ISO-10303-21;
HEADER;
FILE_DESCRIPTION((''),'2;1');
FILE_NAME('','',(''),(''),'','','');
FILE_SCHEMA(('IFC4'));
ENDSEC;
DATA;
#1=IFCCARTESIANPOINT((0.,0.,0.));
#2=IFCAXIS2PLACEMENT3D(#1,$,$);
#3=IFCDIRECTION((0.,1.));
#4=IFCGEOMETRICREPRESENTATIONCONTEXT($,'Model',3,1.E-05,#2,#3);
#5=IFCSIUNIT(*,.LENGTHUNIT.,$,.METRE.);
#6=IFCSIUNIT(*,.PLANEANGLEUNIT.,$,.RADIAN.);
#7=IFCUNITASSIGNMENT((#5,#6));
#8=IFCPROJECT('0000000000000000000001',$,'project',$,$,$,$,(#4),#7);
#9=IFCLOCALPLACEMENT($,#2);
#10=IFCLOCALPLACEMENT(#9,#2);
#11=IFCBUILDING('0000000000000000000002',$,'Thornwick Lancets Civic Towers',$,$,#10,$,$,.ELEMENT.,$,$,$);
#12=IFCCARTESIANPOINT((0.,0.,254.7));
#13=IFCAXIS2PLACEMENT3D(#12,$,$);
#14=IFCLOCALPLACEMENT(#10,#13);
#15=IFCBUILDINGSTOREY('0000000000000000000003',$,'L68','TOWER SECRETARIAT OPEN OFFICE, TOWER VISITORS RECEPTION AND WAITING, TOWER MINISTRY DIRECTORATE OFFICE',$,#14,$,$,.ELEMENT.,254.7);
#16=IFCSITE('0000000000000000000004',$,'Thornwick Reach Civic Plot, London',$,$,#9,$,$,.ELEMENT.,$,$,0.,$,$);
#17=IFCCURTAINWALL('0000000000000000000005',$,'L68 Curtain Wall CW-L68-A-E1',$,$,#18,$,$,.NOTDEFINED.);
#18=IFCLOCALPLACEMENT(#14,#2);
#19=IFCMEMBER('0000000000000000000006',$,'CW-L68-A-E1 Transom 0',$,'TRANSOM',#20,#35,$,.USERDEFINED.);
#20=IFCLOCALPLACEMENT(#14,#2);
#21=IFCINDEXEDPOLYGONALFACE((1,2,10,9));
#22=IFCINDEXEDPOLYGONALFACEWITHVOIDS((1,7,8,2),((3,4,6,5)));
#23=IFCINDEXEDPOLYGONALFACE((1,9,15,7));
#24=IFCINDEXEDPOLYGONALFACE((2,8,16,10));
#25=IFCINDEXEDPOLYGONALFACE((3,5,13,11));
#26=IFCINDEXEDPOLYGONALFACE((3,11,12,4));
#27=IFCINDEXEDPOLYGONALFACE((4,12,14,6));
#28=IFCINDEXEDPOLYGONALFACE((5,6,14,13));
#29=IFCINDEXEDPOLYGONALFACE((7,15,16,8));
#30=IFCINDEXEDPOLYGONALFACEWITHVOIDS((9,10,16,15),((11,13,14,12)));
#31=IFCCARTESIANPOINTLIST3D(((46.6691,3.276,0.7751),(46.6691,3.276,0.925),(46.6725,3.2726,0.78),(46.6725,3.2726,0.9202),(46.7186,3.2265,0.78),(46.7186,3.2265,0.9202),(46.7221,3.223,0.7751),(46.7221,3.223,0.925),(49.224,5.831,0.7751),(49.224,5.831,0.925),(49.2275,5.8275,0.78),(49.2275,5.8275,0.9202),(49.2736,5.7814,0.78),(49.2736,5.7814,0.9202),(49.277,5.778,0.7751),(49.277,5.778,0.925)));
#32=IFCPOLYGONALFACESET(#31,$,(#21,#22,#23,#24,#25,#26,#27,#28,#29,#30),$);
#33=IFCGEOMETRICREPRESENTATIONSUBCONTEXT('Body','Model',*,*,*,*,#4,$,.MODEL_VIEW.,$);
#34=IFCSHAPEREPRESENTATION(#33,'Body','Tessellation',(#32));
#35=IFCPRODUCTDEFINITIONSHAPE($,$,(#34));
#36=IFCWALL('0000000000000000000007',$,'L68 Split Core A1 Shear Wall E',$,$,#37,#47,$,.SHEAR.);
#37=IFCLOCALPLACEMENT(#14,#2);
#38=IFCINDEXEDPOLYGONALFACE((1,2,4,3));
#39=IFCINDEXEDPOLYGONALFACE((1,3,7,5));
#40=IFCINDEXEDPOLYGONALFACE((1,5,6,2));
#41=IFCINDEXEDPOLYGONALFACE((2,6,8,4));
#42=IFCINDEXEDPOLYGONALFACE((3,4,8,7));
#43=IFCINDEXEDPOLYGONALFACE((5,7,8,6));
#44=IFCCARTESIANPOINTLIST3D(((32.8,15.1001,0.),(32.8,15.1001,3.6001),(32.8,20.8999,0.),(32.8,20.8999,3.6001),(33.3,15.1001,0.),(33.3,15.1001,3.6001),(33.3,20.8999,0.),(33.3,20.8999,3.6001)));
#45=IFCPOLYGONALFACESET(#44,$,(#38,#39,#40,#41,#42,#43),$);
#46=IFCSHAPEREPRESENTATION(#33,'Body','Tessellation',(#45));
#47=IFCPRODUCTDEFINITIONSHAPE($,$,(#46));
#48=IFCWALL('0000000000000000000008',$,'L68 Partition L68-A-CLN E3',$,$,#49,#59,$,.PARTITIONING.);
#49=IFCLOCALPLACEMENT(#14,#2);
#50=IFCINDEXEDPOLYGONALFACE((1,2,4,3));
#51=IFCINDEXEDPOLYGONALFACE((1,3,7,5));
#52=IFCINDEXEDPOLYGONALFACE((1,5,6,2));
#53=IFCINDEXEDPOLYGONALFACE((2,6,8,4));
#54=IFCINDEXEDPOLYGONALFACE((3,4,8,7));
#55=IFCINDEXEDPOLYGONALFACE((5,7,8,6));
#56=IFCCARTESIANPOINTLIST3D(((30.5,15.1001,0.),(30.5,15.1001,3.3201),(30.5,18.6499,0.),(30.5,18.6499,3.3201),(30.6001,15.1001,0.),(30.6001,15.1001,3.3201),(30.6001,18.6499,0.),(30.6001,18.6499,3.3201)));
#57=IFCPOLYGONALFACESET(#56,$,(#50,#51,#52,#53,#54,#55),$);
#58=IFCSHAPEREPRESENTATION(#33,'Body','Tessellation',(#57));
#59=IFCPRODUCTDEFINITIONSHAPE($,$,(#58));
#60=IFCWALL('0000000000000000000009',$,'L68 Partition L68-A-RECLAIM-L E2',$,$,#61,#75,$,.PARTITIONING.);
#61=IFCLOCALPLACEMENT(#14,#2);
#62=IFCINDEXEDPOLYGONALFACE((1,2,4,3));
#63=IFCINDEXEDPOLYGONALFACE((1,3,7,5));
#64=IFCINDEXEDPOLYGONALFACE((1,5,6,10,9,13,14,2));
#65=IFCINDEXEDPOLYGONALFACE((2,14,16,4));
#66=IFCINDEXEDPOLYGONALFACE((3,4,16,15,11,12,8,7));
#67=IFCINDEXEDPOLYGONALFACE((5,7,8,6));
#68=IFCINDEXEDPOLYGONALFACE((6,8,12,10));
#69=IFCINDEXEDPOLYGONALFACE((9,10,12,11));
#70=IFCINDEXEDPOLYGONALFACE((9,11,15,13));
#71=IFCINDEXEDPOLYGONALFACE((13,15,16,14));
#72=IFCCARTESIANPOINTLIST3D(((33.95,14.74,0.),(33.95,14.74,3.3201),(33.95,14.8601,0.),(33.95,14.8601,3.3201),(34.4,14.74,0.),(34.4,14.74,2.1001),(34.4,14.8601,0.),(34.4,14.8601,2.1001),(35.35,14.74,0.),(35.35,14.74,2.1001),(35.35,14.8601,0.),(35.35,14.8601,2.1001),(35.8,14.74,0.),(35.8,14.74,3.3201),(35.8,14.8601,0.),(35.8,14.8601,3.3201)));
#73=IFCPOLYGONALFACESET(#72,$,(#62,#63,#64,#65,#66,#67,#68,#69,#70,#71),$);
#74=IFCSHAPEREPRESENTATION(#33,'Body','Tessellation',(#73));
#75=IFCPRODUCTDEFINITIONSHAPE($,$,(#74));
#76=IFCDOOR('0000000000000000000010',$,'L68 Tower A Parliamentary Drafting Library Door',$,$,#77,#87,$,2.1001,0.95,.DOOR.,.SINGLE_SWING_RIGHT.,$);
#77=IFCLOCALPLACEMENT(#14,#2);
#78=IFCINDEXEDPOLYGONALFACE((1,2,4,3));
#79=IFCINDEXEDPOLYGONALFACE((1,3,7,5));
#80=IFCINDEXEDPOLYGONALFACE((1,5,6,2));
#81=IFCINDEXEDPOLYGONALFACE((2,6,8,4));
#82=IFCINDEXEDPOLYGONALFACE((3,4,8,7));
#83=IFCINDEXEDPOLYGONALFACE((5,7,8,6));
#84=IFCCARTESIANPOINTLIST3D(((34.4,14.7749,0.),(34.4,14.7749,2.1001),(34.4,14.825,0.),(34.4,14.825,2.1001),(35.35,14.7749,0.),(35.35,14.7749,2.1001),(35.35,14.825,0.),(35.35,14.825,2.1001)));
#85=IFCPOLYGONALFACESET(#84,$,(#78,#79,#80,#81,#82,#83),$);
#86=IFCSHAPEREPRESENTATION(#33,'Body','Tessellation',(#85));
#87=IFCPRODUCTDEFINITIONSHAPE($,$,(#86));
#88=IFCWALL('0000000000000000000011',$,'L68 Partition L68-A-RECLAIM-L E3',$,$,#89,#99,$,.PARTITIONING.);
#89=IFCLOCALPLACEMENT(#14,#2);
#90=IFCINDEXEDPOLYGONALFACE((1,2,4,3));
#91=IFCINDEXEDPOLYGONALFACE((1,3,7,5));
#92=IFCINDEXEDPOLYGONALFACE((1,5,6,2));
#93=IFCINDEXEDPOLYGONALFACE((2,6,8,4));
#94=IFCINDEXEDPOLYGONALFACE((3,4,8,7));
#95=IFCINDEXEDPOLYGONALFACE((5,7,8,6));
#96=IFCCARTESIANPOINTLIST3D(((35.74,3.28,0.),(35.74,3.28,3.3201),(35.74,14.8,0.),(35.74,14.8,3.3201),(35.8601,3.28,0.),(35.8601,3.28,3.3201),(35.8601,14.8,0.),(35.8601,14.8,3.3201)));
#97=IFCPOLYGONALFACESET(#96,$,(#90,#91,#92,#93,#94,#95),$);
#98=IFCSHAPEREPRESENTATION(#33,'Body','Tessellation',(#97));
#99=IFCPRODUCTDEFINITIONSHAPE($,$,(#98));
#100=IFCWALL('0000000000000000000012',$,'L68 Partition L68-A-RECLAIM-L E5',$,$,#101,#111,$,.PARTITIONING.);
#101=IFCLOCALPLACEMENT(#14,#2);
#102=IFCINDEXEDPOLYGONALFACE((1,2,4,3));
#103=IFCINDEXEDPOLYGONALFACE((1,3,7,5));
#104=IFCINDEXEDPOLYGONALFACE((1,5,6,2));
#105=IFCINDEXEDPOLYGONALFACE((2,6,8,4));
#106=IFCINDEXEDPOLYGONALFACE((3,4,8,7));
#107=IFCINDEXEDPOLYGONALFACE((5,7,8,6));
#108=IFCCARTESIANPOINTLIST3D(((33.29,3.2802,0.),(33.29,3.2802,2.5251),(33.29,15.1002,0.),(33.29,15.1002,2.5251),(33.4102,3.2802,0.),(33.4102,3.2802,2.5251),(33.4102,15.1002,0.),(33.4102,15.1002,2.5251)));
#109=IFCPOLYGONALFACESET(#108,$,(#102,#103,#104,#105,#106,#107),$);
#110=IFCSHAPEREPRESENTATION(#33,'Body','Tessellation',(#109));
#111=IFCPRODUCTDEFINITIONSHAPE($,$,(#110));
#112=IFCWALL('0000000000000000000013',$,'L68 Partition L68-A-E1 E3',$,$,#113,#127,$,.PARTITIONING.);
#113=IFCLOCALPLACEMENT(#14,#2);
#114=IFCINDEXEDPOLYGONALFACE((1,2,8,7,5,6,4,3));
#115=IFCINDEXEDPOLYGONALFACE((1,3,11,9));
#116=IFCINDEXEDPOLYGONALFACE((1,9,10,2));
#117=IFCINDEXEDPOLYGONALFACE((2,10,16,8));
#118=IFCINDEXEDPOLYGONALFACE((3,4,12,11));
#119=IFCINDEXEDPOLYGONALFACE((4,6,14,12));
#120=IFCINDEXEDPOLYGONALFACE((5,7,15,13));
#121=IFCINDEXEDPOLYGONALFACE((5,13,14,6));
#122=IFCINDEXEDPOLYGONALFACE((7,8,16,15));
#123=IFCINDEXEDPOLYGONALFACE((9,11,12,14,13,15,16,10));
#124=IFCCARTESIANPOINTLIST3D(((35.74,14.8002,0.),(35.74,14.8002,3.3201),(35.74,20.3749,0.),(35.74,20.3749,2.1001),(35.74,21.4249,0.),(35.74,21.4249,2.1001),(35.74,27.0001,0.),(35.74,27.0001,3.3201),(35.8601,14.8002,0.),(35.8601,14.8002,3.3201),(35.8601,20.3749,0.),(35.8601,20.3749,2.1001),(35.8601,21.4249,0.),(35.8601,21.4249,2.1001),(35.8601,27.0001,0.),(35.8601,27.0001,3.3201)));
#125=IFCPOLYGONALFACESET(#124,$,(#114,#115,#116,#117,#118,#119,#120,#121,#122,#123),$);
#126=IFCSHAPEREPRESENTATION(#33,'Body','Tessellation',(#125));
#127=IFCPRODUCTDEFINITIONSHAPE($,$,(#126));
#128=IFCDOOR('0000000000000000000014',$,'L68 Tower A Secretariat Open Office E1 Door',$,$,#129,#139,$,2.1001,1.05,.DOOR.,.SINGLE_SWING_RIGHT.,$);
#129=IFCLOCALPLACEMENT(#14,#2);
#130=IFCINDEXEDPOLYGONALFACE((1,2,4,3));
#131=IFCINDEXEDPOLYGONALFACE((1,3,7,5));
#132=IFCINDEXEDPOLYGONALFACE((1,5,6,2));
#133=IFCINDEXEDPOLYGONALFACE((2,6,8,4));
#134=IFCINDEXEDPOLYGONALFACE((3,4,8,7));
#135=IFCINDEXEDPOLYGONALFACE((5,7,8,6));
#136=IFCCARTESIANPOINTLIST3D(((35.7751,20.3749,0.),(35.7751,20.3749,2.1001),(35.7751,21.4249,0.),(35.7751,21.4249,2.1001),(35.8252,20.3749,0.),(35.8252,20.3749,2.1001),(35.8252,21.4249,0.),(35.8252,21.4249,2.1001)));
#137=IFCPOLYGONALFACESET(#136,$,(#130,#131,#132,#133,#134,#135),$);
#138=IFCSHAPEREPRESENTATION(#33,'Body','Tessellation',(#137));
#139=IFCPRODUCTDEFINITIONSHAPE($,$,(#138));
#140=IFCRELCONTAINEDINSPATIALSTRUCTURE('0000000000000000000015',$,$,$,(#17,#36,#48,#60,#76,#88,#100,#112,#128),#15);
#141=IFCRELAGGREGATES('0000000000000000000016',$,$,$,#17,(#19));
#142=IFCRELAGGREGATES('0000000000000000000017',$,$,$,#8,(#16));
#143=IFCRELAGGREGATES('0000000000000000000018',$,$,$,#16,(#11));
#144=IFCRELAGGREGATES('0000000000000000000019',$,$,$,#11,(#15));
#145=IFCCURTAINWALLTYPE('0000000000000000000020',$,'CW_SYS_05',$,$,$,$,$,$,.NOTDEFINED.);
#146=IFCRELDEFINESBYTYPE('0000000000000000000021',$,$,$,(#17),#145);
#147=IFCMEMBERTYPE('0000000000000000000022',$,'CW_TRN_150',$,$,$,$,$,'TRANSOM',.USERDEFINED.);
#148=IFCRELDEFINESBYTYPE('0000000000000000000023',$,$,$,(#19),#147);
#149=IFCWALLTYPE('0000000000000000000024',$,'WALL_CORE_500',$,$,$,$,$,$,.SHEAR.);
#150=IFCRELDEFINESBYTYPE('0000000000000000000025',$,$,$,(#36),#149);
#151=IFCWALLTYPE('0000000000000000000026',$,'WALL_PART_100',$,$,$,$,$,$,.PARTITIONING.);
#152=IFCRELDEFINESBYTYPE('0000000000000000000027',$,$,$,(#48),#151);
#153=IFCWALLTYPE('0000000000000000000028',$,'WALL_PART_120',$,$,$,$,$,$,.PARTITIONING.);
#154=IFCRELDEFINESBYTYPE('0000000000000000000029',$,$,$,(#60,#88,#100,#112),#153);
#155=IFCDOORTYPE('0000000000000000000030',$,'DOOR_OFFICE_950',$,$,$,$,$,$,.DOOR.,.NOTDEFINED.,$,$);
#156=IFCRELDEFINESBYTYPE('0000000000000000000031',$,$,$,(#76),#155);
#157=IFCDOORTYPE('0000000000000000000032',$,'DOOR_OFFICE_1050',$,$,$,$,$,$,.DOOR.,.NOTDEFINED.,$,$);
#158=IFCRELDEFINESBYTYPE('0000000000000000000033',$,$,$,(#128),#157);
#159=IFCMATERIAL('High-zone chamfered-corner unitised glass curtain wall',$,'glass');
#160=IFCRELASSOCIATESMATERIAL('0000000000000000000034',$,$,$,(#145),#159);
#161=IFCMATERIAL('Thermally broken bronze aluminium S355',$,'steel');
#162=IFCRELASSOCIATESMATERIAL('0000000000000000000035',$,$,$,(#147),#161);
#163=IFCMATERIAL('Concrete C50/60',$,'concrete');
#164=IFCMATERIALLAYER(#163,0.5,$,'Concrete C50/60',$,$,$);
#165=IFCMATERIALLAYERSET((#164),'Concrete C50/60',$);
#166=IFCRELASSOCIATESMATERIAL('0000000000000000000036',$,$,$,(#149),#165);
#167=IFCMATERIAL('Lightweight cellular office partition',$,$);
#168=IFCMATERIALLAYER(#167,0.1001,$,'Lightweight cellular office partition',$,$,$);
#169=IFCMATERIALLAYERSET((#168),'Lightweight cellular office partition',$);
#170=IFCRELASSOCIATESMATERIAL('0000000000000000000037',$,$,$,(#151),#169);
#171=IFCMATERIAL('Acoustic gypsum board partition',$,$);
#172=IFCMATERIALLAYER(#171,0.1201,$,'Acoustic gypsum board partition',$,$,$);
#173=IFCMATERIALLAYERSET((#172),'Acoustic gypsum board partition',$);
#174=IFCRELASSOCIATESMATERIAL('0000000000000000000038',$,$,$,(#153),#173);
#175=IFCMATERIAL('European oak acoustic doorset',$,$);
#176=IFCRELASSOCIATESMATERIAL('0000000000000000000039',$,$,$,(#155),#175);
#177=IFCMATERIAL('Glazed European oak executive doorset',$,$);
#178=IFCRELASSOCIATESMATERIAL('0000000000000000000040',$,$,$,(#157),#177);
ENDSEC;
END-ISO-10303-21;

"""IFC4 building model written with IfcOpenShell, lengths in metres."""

from ifc_helpers import new_model, si_unit, direction, frame, frame_2d, origin, origin_2d, place, context, subcontext, project, spatial, rectangle, hollow_rectangle, extrude, material, layer, layer_set, material_profile, profile_set, type_object, element, fill, aggregate, save


model = new_model("IFC4")

# Units and contexts
model_context = context("Model", 3, precision=1e-05, world=origin(), true_north=direction((0.0, 1.0)))
body_context = subcontext(model_context, "Body", "Model", "MODEL_VIEW")
ifc_project = project(units=[si_unit("LENGTHUNIT", "METRE"), si_unit("PLANEANGLEUNIT", "RADIAN")], contexts=[model_context])

# Site, building, storey
site_placement = place(None, origin())
site = spatial("IfcSite", under=ifc_project, at=site_placement, Name="Thornwick Reach Civic Plot, London", CompositionType="ELEMENT", RefElevation=0.0)
building_placement = place(site_placement, origin())
building = spatial("IfcBuilding", under=site, at=building_placement, Name="Thornwick Lancets Civic Towers", CompositionType="ELEMENT")
storey_placement = place(building_placement, frame((0.0, 0.0, 254.7)))
storey = spatial("IfcBuildingStorey", under=building, at=storey_placement, Name="L68", Description="TOWER SECRETARIAT OPEN OFFICE, TOWER VISITORS RECEPTION AND WAITING, TOWER MINISTRY DIRECTORATE OFFICE", CompositionType="ELEMENT", Elevation=254.7)

# Shared definitions
ifc_material_1 = material(Name="Concrete C50/60", Category="concrete")

# Curtain wall, member
ifc_material_2 = material(Name="High-zone chamfered-corner unitised glass curtain wall", Category="glass")
curtain_wall_type = type_object("IfcCurtainWallType", Name="CW_SYS_05", PredefinedType="NOTDEFINED", material=ifc_material_2)
curtain_wall_placement = place(storey_placement, origin())
curtain_wall = element("IfcCurtainWall", 1, at=curtain_wall_placement, inside=storey, type_object=curtain_wall_type, Name="L68 Curtain Wall CW-L68-A-E1", PredefinedType="NOTDEFINED")
ifc_material_3 = material(Name="Thermally broken bronze aluminium S355", Category="steel")
ifc_material_profile_1 = material_profile(ifc_material_3, hollow_rectangle(XDim=0.075, YDim=0.1499, WallThickness=0.0049, at=origin_2d()), Name="RHS 150x75x5")
ifc_profile_set_1 = profile_set([ifc_material_profile_1], Name="Thermally broken bronze aluminium S355")
member_type_1 = type_object("IfcMemberType", Name="CW_TRN_150", ElementType="TRANSOM", PredefinedType="USERDEFINED", material=ifc_profile_set_1)
member_1_placement = place(storey_placement, frame((46.6956, 3.2495, 0.8501), z_axis=(0.707107, 0.707107, 0.0), x_axis=(-0.707107, 0.707107, 0.0)))
member_1 = element("IfcMember", 2, at=member_1_placement, type_object=member_type_1, Name="CW-L68-A-E1 Transom 0", ObjectType="TRANSOM", PredefinedType="USERDEFINED", context=body_context, shape_type="SweptSolid", body=[
    extrude(hollow_rectangle(XDim=0.075, YDim=0.1499, WallThickness=0.0049, at=origin_2d()), origin(), (0.0, 0.0, 1.0), 3.6133),
])
aggregate(curtain_wall, [member_1])

# Walls
ifc_layer_1 = layer(ifc_material_1, 0.5, Name="Concrete C50/60")
ifc_layer_set_1 = layer_set([ifc_layer_1], Name="Concrete C50/60")
wall_type_1 = type_object("IfcWallType", Name="WALL_CORE_500", PredefinedType="SHEAR", material=ifc_layer_set_1)
wall_1_placement = place(storey_placement, frame((33.05, 15.1001, 0.0), z_axis=(0.0, 0.0, 1.0), x_axis=(0.0, 1.0, 0.0)))
element("IfcWall", 3, at=wall_1_placement, inside=storey, type_object=wall_type_1, Name="L68 Split Core A1 Shear Wall E", PredefinedType="SHEAR", context=body_context, shape_type="SweptSolid", body=[
    extrude(rectangle(XDim=5.7998, YDim=0.5, at=frame_2d((2.8999, 0.0))), origin(), (0.0, 0.0, 1.0), 3.6001),
])
ifc_material_4 = material(Name="Lightweight cellular office partition")
ifc_layer_2 = layer(ifc_material_4, 0.1001, Name="Lightweight cellular office partition")
ifc_layer_set_2 = layer_set([ifc_layer_2], Name="Lightweight cellular office partition")
wall_type_2 = type_object("IfcWallType", Name="WALL_PART_100", PredefinedType="PARTITIONING", material=ifc_layer_set_2)
wall_2_placement = place(storey_placement, frame((30.55, 15.1001, 0.0), z_axis=(0.0, 0.0, 1.0), x_axis=(0.0, 1.0, 0.0)))
element("IfcWall", 4, at=wall_2_placement, inside=storey, type_object=wall_type_2, Name="L68 Partition L68-A-CLN E3", PredefinedType="PARTITIONING", context=body_context, shape_type="SweptSolid", body=[
    extrude(rectangle(XDim=3.5498, YDim=0.1001, at=frame_2d((1.7749, 0.0))), origin(), (0.0, 0.0, 1.0), 3.3201),
])

# Wall, opening, door
ifc_material_5 = material(Name="Acoustic gypsum board partition")
ifc_layer_3 = layer(ifc_material_5, 0.1201, Name="Acoustic gypsum board partition")
ifc_layer_set_3 = layer_set([ifc_layer_3], Name="Acoustic gypsum board partition")
wall_type_3 = type_object("IfcWallType", Name="WALL_PART_120", PredefinedType="PARTITIONING", material=ifc_layer_set_3)
wall_3_placement = place(storey_placement, frame((33.95, 14.8, 0.0), z_axis=(0.0, 0.0, 1.0), x_axis=(1.0, 0.0, 0.0)))
wall_3 = element("IfcWall", 5, at=wall_3_placement, inside=storey, type_object=wall_type_3, Name="L68 Partition L68-A-RECLAIM-L E2", PredefinedType="PARTITIONING", context=body_context, shape_type="SweptSolid", body=[
    extrude(rectangle(XDim=1.8501, YDim=0.1201, at=frame_2d((0.925, 0.0))), origin(), (0.0, 0.0, 1.0), 3.3201),
])
opening_1_placement = place(wall_3_placement, frame((0.45, 0.0, 0.0)))
opening_1 = element("IfcOpeningElement", 6, at=opening_1_placement, cuts=wall_3, PredefinedType="OPENING", context=body_context, shape_type="SweptSolid", body=[
    extrude(rectangle(XDim=0.95, YDim=2.1001, at=frame_2d((0.4751, 1.05))), frame((0.0, 0.0701, 0.0), z_axis=(0.0, -1.0, 0.0), x_axis=(1.0, 0.0, 0.0)), (0.0, 0.0, 1.0), 0.1401),
])
ifc_material_6 = material(Name="European oak acoustic doorset")
door_type_1 = type_object("IfcDoorType", Name="DOOR_OFFICE_950", OperationType="NOTDEFINED", PredefinedType="DOOR", material=ifc_material_6)
door_1_placement = place(opening_1_placement, origin())
door_1 = element("IfcDoor", 7, at=door_1_placement, inside=storey, type_object=door_type_1, Name="L68 Tower A Parliamentary Drafting Library Door", OperationType="SINGLE_SWING_RIGHT", OverallHeight=2.1001, OverallWidth=0.95, PredefinedType="DOOR", context=body_context, shape_type="SweptSolid", body=[
    extrude(rectangle(XDim=0.95, YDim=2.1001, at=frame_2d((0.4751, 1.05))), frame((0.0, 0.0249, 0.0), z_axis=(0.0, -1.0, 0.0), x_axis=(1.0, 0.0, 0.0)), (0.0, 0.0, 1.0), 0.05),
])
fill(opening_1, door_1)

# Walls
wall_4_placement = place(storey_placement, frame((35.8, 14.8, 0.0), z_axis=(0.0, 0.0, 1.0), x_axis=(0.0, -1.0, 0.0)))
element("IfcWall", 8, at=wall_4_placement, inside=storey, type_object=wall_type_3, Name="L68 Partition L68-A-RECLAIM-L E3", PredefinedType="PARTITIONING", context=body_context, shape_type="SweptSolid", body=[
    extrude(rectangle(XDim=11.52, YDim=0.1201, at=frame_2d((5.76, 0.0))), origin(), (0.0, 0.0, 1.0), 3.3201),
])
wall_5_placement = place(storey_placement, frame((33.3501, 3.28, 0.0), z_axis=(0.0, 0.0, 1.0), x_axis=(0.0, 1.0, 0.0)))
element("IfcWall", 9, at=wall_5_placement, inside=storey, type_object=wall_type_3, Name="L68 Partition L68-A-RECLAIM-L E5", PredefinedType="PARTITIONING", context=body_context, shape_type="SweptSolid", body=[
    extrude(rectangle(XDim=11.8201, YDim=0.1201, at=frame_2d((5.9102, 0.0))), origin(), (0.0, 0.0, 1.0), 2.5251),
])

# Wall, opening, door
wall_6_placement = place(storey_placement, frame((35.8, 14.8, 0.0), z_axis=(0.0, 0.0, 1.0), x_axis=(0.0, 1.0, 0.0)))
wall_6 = element("IfcWall", 10, at=wall_6_placement, inside=storey, type_object=wall_type_3, Name="L68 Partition L68-A-E1 E3", PredefinedType="PARTITIONING", context=body_context, shape_type="SweptSolid", body=[
    extrude(rectangle(XDim=12.2, YDim=0.1201, at=frame_2d((6.1001, 0.0))), origin(), (0.0, 0.0, 1.0), 3.3201),
])
opening_2_placement = place(wall_6_placement, frame((5.575, 0.0, 0.0)))
opening_2 = element("IfcOpeningElement", 11, at=opening_2_placement, cuts=wall_6, PredefinedType="OPENING", context=body_context, shape_type="SweptSolid", body=[
    extrude(rectangle(XDim=1.05, YDim=2.1001, at=frame_2d((0.5249, 1.05))), frame((0.0, 0.0701, 0.0), z_axis=(0.0, -1.0, 0.0), x_axis=(1.0, 0.0, 0.0)), (0.0, 0.0, 1.0), 0.1401),
])
ifc_material_7 = material(Name="Glazed European oak executive doorset")
door_type_2 = type_object("IfcDoorType", Name="DOOR_OFFICE_1050", OperationType="NOTDEFINED", PredefinedType="DOOR", material=ifc_material_7)
door_2_placement = place(opening_2_placement, origin())
door_2 = element("IfcDoor", 12, at=door_2_placement, inside=storey, type_object=door_type_2, Name="L68 Tower A Secretariat Open Office E1 Door", OperationType="SINGLE_SWING_RIGHT", OverallHeight=2.1001, OverallWidth=1.05, PredefinedType="DOOR", context=body_context, shape_type="SweptSolid", body=[
    extrude(rectangle(XDim=1.05, YDim=2.1001, at=frame_2d((0.5249, 1.05))), frame((0.0, 0.0249, 0.0), z_axis=(0.0, -1.0, 0.0), x_axis=(1.0, 0.0, 0.0)), (0.0, 0.0, 1.0), 0.05),
])
fill(opening_2, door_2)

save(model, "model.ifc")
